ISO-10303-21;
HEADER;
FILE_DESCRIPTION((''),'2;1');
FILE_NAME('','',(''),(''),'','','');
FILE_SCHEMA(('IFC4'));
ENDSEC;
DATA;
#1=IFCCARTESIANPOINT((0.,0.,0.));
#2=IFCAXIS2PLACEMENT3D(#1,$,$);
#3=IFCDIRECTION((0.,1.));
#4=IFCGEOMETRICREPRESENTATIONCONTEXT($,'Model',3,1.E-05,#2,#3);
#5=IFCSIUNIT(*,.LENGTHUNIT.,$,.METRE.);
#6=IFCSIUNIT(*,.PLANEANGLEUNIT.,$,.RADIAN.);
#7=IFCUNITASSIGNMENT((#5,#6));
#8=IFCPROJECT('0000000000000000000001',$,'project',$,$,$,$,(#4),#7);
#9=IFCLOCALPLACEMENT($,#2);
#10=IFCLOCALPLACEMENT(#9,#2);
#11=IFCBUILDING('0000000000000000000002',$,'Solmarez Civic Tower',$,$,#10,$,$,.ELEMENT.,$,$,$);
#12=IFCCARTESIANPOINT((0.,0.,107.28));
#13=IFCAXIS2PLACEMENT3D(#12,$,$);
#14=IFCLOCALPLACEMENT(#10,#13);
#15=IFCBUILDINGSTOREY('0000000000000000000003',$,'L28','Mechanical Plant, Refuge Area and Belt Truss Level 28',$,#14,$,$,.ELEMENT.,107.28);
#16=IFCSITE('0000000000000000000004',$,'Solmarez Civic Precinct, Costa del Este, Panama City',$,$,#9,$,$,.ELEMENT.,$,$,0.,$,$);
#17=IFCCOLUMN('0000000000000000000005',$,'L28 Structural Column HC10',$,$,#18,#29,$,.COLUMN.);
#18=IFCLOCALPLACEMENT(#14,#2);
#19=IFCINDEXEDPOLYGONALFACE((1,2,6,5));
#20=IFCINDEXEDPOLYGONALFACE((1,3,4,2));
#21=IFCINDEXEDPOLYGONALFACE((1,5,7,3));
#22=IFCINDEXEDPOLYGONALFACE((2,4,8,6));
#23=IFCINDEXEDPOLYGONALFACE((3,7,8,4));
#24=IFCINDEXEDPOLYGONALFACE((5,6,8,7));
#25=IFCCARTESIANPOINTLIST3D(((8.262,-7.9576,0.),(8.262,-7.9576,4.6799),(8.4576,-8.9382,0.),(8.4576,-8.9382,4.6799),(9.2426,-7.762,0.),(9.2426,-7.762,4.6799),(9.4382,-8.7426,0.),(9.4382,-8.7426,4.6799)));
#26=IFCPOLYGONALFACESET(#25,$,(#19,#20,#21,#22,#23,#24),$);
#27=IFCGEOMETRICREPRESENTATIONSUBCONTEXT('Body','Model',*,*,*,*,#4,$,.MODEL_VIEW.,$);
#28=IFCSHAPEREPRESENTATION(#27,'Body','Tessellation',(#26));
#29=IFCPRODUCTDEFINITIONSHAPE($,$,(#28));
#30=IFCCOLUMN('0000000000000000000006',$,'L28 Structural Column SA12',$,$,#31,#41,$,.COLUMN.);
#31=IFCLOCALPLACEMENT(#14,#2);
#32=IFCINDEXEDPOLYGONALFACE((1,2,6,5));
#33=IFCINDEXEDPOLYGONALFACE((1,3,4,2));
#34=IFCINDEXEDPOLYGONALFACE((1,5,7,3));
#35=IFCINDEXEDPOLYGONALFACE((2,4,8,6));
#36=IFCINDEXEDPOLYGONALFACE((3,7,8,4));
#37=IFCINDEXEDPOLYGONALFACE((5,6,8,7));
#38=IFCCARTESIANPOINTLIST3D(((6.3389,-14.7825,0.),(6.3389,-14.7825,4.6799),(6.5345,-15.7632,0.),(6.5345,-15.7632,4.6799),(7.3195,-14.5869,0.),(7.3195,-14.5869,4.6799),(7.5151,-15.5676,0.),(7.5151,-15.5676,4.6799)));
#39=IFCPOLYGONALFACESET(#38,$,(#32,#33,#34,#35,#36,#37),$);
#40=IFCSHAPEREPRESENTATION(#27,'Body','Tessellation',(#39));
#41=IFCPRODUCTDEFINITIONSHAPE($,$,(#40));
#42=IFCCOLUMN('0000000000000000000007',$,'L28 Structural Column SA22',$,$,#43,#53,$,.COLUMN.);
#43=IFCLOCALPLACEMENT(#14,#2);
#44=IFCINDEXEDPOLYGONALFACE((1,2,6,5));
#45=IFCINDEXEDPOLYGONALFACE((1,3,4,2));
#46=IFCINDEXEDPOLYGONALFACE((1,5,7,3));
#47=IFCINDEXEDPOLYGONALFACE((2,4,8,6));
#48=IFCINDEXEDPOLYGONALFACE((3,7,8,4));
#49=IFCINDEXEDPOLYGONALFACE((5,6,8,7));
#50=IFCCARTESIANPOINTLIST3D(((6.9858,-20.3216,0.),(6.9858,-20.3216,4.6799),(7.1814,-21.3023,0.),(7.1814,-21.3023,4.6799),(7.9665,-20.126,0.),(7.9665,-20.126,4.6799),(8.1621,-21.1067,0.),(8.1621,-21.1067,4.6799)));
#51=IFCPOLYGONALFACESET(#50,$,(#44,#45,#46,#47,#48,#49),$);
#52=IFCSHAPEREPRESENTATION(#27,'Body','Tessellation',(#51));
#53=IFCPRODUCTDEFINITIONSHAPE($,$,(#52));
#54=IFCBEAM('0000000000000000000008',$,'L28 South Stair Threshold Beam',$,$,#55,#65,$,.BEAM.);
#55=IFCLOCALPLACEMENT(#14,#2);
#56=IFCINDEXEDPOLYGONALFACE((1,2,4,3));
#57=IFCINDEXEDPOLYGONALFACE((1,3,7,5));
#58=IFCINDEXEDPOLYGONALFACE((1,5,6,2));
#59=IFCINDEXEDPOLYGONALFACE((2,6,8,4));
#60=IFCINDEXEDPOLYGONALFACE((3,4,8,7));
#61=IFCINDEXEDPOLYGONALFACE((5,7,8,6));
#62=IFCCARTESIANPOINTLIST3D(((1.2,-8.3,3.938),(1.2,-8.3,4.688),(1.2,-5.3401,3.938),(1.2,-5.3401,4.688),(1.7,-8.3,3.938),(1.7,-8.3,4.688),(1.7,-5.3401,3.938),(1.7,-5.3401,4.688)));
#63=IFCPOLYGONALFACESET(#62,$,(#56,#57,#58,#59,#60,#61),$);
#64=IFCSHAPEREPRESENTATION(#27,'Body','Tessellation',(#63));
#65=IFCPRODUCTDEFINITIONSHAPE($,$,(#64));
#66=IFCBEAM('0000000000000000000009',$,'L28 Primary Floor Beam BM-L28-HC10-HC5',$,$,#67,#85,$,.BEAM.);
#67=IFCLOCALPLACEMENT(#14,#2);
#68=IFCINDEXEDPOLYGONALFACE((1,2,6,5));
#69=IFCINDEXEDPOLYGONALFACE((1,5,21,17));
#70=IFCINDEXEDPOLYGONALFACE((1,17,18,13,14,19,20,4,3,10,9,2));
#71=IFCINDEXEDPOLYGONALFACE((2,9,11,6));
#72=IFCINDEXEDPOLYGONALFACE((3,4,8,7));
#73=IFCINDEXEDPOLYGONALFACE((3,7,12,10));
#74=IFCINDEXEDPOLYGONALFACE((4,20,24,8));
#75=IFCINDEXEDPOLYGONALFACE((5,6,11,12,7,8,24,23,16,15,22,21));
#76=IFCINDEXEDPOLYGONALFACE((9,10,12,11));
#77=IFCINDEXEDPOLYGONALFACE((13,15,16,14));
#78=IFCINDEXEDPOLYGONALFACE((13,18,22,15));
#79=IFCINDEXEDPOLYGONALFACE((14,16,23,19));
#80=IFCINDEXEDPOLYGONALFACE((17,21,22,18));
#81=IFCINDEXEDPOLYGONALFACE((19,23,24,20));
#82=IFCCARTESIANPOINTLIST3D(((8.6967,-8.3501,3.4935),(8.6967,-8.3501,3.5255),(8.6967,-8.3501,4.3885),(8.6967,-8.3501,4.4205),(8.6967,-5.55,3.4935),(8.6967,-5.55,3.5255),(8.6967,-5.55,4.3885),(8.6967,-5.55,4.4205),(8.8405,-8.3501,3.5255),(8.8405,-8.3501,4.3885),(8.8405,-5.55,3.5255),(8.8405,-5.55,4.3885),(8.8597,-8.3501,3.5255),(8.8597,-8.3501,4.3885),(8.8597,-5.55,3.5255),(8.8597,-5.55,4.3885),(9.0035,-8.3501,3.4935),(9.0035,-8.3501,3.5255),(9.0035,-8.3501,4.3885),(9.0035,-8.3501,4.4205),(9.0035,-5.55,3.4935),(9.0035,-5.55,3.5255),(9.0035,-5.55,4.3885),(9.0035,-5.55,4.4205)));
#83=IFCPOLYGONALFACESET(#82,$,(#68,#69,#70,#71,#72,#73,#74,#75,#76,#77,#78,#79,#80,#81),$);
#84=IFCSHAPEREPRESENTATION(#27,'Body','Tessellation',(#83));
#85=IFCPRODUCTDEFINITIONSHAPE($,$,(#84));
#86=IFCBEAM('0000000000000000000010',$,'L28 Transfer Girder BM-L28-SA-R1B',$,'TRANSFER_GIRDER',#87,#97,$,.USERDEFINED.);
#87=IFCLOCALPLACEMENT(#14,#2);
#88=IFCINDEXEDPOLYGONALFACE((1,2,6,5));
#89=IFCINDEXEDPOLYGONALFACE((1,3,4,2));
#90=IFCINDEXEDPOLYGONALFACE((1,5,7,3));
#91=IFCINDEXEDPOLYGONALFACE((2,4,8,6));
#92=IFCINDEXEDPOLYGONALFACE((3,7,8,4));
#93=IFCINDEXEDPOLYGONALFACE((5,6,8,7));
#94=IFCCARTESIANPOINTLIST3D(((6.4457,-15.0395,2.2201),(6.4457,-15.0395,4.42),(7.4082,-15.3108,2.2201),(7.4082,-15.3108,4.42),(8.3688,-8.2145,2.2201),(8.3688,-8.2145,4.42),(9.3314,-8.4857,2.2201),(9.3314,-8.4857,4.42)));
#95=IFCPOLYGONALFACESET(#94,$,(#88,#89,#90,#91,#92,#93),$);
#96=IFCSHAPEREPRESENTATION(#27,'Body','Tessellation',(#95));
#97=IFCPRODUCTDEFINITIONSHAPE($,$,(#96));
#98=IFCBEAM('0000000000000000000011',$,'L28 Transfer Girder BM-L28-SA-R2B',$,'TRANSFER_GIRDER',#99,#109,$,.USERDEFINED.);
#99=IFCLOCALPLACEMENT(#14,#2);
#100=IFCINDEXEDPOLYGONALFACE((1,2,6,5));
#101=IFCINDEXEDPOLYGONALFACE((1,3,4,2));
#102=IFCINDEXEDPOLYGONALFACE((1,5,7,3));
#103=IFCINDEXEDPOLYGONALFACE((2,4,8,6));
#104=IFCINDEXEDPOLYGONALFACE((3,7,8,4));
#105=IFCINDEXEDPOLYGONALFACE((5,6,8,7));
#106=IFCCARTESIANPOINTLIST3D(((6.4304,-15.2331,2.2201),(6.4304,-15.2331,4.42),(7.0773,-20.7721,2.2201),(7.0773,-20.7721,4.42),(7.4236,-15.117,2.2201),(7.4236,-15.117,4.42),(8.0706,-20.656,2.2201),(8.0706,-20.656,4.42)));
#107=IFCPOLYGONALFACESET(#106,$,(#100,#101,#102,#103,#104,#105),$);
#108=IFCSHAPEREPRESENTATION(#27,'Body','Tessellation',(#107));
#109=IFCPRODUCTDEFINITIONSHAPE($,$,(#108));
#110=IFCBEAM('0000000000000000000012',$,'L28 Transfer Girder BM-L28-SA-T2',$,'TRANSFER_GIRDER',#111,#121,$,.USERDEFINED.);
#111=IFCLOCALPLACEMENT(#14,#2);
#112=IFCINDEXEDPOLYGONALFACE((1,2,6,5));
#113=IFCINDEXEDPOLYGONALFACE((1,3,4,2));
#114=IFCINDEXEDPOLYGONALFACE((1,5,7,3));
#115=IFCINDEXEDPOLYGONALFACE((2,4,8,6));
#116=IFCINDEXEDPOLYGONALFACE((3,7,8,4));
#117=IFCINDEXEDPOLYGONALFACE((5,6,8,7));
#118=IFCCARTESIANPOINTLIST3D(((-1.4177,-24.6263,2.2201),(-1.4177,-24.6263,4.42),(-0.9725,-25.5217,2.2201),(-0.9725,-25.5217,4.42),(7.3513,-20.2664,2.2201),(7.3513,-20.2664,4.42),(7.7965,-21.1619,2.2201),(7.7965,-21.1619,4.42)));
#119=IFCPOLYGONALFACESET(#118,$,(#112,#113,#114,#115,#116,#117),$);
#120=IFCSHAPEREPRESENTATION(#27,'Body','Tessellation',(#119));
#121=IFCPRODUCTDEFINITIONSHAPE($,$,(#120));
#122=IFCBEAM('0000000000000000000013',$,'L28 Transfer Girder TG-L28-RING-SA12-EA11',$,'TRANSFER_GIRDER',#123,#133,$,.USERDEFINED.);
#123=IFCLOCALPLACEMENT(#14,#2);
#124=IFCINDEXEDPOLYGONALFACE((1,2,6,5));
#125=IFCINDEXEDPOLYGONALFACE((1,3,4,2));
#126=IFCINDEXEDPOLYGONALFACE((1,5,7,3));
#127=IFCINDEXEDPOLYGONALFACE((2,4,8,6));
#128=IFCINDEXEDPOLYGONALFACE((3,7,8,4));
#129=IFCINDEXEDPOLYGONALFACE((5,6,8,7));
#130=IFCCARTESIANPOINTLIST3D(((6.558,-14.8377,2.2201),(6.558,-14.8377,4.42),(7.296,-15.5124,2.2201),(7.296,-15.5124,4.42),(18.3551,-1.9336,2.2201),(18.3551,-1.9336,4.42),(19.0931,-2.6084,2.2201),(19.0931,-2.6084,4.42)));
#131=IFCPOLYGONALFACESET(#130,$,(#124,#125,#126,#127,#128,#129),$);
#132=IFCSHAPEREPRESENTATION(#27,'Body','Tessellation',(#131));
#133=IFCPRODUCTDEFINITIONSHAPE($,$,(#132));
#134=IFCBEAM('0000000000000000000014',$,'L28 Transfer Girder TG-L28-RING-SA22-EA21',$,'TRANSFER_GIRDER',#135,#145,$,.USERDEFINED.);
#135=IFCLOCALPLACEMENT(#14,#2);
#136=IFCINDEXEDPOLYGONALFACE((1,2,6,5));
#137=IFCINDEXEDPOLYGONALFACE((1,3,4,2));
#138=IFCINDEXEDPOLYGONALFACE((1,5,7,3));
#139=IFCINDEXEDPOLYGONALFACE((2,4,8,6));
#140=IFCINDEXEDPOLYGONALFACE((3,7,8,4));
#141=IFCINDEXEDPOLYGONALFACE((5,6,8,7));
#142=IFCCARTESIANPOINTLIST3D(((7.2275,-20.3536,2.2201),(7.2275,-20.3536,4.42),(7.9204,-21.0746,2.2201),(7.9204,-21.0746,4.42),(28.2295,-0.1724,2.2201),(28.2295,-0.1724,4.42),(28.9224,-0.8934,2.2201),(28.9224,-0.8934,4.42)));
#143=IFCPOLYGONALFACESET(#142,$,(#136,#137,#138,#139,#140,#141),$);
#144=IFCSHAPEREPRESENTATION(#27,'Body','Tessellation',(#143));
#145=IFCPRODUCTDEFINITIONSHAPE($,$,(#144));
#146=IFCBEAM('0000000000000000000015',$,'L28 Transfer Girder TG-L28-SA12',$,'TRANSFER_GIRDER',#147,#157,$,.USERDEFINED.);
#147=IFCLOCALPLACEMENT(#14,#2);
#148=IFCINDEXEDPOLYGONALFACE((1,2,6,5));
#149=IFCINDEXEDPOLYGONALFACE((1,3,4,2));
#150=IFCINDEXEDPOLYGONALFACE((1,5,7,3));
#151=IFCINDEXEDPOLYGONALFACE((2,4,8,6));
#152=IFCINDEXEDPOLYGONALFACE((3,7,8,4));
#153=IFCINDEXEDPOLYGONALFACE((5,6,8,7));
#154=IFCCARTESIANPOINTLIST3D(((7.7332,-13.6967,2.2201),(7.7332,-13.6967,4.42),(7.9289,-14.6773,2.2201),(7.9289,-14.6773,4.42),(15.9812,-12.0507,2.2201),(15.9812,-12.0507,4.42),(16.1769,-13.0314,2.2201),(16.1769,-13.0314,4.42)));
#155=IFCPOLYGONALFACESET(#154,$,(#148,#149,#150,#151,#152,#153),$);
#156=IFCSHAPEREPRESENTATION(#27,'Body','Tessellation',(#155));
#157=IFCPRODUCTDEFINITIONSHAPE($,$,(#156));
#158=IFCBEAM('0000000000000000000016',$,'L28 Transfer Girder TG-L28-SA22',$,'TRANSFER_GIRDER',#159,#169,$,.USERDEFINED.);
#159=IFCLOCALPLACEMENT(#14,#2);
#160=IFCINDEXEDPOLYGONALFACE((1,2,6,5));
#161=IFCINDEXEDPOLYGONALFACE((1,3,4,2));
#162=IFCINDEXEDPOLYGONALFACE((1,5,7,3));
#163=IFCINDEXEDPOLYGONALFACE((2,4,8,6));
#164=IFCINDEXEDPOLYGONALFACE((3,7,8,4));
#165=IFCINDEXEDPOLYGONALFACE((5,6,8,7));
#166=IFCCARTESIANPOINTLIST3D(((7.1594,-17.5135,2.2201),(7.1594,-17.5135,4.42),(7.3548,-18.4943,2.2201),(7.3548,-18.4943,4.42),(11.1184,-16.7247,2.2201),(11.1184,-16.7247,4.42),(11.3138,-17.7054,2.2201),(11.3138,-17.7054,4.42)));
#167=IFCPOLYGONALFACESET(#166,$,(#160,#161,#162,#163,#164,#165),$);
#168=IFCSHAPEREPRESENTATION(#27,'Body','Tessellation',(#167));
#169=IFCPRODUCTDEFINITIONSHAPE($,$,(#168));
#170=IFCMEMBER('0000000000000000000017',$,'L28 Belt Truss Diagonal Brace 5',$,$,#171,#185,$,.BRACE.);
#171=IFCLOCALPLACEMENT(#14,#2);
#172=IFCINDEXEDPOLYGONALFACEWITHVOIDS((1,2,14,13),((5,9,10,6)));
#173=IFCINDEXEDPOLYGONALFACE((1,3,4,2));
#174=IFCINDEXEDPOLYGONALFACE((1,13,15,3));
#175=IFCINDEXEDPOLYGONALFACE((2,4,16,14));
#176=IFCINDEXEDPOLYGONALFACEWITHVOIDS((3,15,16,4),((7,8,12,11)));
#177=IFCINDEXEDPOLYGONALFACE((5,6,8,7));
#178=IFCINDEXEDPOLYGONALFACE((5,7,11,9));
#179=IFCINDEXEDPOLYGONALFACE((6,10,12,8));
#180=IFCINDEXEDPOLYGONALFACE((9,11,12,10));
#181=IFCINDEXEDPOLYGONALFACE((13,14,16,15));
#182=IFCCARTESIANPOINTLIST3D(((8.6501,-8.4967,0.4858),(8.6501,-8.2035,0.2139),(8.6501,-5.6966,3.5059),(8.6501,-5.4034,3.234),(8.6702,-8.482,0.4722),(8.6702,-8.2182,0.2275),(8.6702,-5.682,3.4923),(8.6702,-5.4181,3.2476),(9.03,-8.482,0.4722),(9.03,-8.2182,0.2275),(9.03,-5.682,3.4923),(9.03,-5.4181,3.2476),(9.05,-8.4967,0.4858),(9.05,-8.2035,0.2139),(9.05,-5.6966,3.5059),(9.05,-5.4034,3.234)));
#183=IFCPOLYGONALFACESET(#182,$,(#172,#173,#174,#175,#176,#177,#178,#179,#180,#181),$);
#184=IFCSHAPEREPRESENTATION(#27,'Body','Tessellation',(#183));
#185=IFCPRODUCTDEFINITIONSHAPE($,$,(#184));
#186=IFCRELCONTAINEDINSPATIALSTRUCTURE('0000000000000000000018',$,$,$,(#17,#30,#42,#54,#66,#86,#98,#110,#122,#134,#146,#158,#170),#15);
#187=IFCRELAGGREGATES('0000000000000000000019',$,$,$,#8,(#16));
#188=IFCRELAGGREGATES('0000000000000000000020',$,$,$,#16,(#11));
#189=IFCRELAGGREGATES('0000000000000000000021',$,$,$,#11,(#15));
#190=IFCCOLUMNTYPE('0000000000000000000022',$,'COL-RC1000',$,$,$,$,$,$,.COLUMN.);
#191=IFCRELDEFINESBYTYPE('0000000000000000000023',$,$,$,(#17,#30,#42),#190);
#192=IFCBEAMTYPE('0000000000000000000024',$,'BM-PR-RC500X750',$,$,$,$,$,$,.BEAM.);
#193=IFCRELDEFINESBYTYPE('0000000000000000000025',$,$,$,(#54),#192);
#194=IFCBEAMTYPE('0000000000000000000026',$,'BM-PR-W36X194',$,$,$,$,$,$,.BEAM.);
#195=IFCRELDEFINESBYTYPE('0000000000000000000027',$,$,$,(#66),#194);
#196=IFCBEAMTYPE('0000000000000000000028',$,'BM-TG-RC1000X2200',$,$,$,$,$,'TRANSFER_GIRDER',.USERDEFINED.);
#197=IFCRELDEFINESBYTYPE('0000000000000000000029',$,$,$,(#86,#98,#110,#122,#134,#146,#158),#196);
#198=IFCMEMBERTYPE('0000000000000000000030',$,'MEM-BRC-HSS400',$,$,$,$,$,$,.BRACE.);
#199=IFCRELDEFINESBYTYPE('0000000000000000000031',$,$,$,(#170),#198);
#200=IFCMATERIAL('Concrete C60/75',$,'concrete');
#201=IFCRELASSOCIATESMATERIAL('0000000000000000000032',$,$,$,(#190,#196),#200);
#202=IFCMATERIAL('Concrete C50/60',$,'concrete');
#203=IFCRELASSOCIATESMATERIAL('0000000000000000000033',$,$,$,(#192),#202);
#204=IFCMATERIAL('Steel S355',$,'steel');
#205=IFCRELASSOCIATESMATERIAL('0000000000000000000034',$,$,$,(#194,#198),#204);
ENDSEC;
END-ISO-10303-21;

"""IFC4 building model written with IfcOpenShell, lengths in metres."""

from ifc_helpers import new_model, si_unit, direction, frame, origin, origin_2d, place, context, subcontext, project, spatial, rectangle, hollow_rectangle, i_section, extrude, material, material_profile, profile_set, type_object, element, save


model = new_model("IFC4")

# Units and contexts
model_context = context("Model", 3, precision=1e-05, world=origin(), true_north=direction((0.0, 1.0)))
body_context = subcontext(model_context, "Body", "Model", "MODEL_VIEW")
ifc_project = project(units=[si_unit("LENGTHUNIT", "METRE"), si_unit("PLANEANGLEUNIT", "RADIAN")], contexts=[model_context])

# Site, building, storey
site_placement = place(None, origin())
site = spatial("IfcSite", under=ifc_project, at=site_placement, Name="Solmarez Civic Precinct, Costa del Este, Panama City", CompositionType="ELEMENT", RefElevation=0.0)
building_placement = place(site_placement, origin())
building = spatial("IfcBuilding", under=site, at=building_placement, Name="Solmarez Civic Tower", CompositionType="ELEMENT")
storey_placement = place(building_placement, frame((0.0, 0.0, 107.28)))
storey = spatial("IfcBuildingStorey", under=building, at=storey_placement, Name="L28", Description="Mechanical Plant, Refuge Area and Belt Truss Level 28", CompositionType="ELEMENT", Elevation=107.28)

# Columns
ifc_material_1 = material(Name="Concrete C60/75", Category="concrete")
ifc_material_profile_1 = material_profile(ifc_material_1, rectangle(XDim=1.0, YDim=1.0, at=origin_2d()), Name="RC1000X1000")
ifc_profile_set_1 = profile_set([ifc_material_profile_1], Name="Concrete C60/75")
column_type = type_object("IfcColumnType", Name="COL-RC1000", PredefinedType="COLUMN", material=ifc_profile_set_1)
for number, where, z_axis, x_axis, name in (
    (1, (8.8501, -8.3501, 0.0), (0.0, 0.0, 1.0), (0.980683, 0.195604, 0.0), "L28 Structural Column HC10"),
    (2, (6.927, -15.175, 0.0), (0.0, 0.0, 1.0), (0.980683, 0.195604, 0.0), "L28 Structural Column SA12"),
    (3, (7.574, -20.7141, 0.0), (0.0, 0.0, 1.0), (0.980683, 0.195604, 0.0), "L28 Structural Column SA22"),
):
    element("IfcColumn", number, at=place(storey_placement, frame(where, z_axis=z_axis, x_axis=x_axis)), inside=storey, type_object=column_type, Name=name, PredefinedType="COLUMN", context=body_context, shape_type="SweptSolid", body=[
        extrude(rectangle(XDim=1.0, YDim=1.0, at=origin_2d()), origin(), (0.0, 0.0, 1.0), 4.6799),
    ])

# Beams
ifc_material_2 = material(Name="Concrete C50/60", Category="concrete")
ifc_material_profile_2 = material_profile(ifc_material_2, rectangle(XDim=0.5, YDim=0.75, at=origin_2d()), Name="RC500X750")
ifc_profile_set_2 = profile_set([ifc_material_profile_2], Name="Concrete C50/60")
beam_type_1 = type_object("IfcBeamType", Name="BM-PR-RC500X750", PredefinedType="BEAM", material=ifc_profile_set_2)
beam_1_placement = place(storey_placement, frame((1.45, -8.3, 4.313), z_axis=(0.0, 1.0, 0.0), x_axis=(-1.0, 0.0, 0.0)))
element("IfcBeam", 4, at=beam_1_placement, inside=storey, type_object=beam_type_1, Name="L28 South Stair Threshold Beam", PredefinedType="BEAM", context=body_context, shape_type="SweptSolid", body=[
    extrude(rectangle(XDim=0.5, YDim=0.75, at=origin_2d()), origin(), (0.0, 0.0, 1.0), 2.96),
])
ifc_material_3 = material(Name="Steel S355", Category="steel")
ifc_material_profile_3 = material_profile(ifc_material_3, i_section(OverallWidth=0.3069, OverallDepth=0.927, WebThickness=0.0193, FlangeThickness=0.032, at=origin_2d()), Name="W36X194")
ifc_profile_set_3 = profile_set([ifc_material_profile_3], Name="Steel S355")
beam_type_2 = type_object("IfcBeamType", Name="BM-PR-W36X194", PredefinedType="BEAM", material=ifc_profile_set_3)
beam_2_placement = place(storey_placement, frame((8.8501, -8.3501, 3.957), z_axis=(0.0, 1.0, 0.0), x_axis=(-1.0, 0.0, 0.0)))
element("IfcBeam", 5, at=beam_2_placement, inside=storey, type_object=beam_type_2, Name="L28 Primary Floor Beam BM-L28-HC10-HC5", PredefinedType="BEAM", context=body_context, shape_type="SweptSolid", body=[
    extrude(i_section(OverallWidth=0.3069, OverallDepth=0.927, WebThickness=0.0193, FlangeThickness=0.032, at=origin_2d()), origin(), (0.0, 0.0, 1.0), 2.8),
])
ifc_material_profile_4 = material_profile(ifc_material_1, rectangle(XDim=1.0, YDim=2.2, at=origin_2d()), Name="RC1000X2200")
ifc_profile_set_4 = profile_set([ifc_material_profile_4], Name="Concrete C60/75")
beam_type_3 = type_object("IfcBeamType", Name="BM-TG-RC1000X2200", ElementType="TRANSFER_GIRDER", PredefinedType="USERDEFINED", material=ifc_profile_set_4)
beam_3_placement = place(storey_placement, frame((8.8501, -8.3501, 3.3201), z_axis=(-0.271213, -0.962519, 0.0), x_axis=(0.962519, -0.271213, 0.0)))
element("IfcBeam", 6, at=beam_3_placement, inside=storey, type_object=beam_type_3, Name="L28 Transfer Girder BM-L28-SA-R1B", ObjectType="TRANSFER_GIRDER", PredefinedType="USERDEFINED", context=body_context, shape_type="SweptSolid", body=[
    extrude(rectangle(XDim=1.0, YDim=2.2, at=origin_2d()), origin(), (0.0, 0.0, 1.0), 7.0908),
])
beam_4_placement = place(storey_placement, frame((6.927, -15.175, 3.3201), z_axis=(0.116013, -0.993248, 0.0), x_axis=(0.993248, 0.116013, 0.0)))
element("IfcBeam", 7, at=beam_4_placement, inside=storey, type_object=beam_type_3, Name="L28 Transfer Girder BM-L28-SA-R2B", ObjectType="TRANSFER_GIRDER", PredefinedType="USERDEFINED", context=body_context, shape_type="SweptSolid", body=[
    extrude(rectangle(XDim=1.0, YDim=2.2, at=origin_2d()), origin(), (0.0, 0.0, 1.0), 5.5767),
])
beam_5_placement = place(storey_placement, frame((-1.1951, -25.074, 3.3201), z_axis=(0.895432, 0.445198, 0.0), x_axis=(-0.445198, 0.895432, 0.0)))
element("IfcBeam", 8, at=beam_5_placement, inside=storey, type_object=beam_type_3, Name="L28 Transfer Girder BM-L28-SA-T2", ObjectType="TRANSFER_GIRDER", PredefinedType="USERDEFINED", context=body_context, shape_type="SweptSolid", body=[
    extrude(rectangle(XDim=1.0, YDim=2.2, at=origin_2d()), origin(), (0.0, 0.0, 1.0), 9.793),
])
beam_6_placement = place(storey_placement, frame((6.927, -15.175, 3.3201), z_axis=(0.674742, 0.738054, 0.0), x_axis=(-0.738054, 0.674742, 0.0)))
element("IfcBeam", 9, at=beam_6_placement, inside=storey, type_object=beam_type_3, Name="L28 Transfer Girder TG-L28-RING-SA12-EA11", ObjectType="TRANSFER_GIRDER", PredefinedType="USERDEFINED", context=body_context, shape_type="SweptSolid", body=[
    extrude(rectangle(XDim=1.0, YDim=2.2, at=origin_2d()), origin(), (0.0, 0.0, 1.0), 17.4839),
])
beam_7_placement = place(storey_placement, frame((7.574, -20.7141, 3.3201), z_axis=(0.721057, 0.692876, 0.0), x_axis=(-0.692876, 0.721057, 0.0)))
element("IfcBeam", 10, at=beam_7_placement, inside=storey, type_object=beam_type_3, Name="L28 Transfer Girder TG-L28-RING-SA22-EA21", ObjectType="TRANSFER_GIRDER", PredefinedType="USERDEFINED", context=body_context, shape_type="SweptSolid", body=[
    extrude(rectangle(XDim=1.0, YDim=2.2, at=origin_2d()), origin(), (0.0, 0.0, 1.0), 29.1267),
])
beam_8_placement = place(storey_placement, frame((7.8311, -14.187, 3.3201), z_axis=(0.980663, 0.195703, 0.0), x_axis=(-0.195703, 0.980663, 0.0)))
element("IfcBeam", 11, at=beam_8_placement, inside=storey, type_object=beam_type_3, Name="L28 Transfer Girder TG-L28-SA12", ObjectType="TRANSFER_GIRDER", PredefinedType="USERDEFINED", context=body_context, shape_type="SweptSolid", body=[
    extrude(rectangle(XDim=1.0, YDim=2.2, at=origin_2d()), origin(), (0.0, 0.0, 1.0), 8.4106),
])
beam_9_placement = place(storey_placement, frame((7.2571, -18.0039, 3.3201), z_axis=(0.980722, 0.195407, 0.0), x_axis=(-0.195407, 0.980722, 0.0)))
element("IfcBeam", 12, at=beam_9_placement, inside=storey, type_object=beam_type_3, Name="L28 Transfer Girder TG-L28-SA22", ObjectType="TRANSFER_GIRDER", PredefinedType="USERDEFINED", context=body_context, shape_type="SweptSolid", body=[
    extrude(rectangle(XDim=1.0, YDim=2.2, at=origin_2d()), origin(), (0.0, 0.0, 1.0), 4.0369),
])

# Member
ifc_material_profile_5 = material_profile(ifc_material_3, hollow_rectangle(XDim=0.3999, YDim=0.3999, WallThickness=0.02, at=origin_2d()), Name="HSS400X400X20")
ifc_profile_set_5 = profile_set([ifc_material_profile_5], Name="Steel S355")
member_type_1 = type_object("IfcMemberType", Name="MEM-BRC-HSS400", PredefinedType="BRACE", material=ifc_profile_set_5)
member_1_placement = place(storey_placement, frame((8.8501, -8.3501, 0.3499), z_axis=(0.0, 0.679896, 0.733308), x_axis=(-1.0, 0.0, 0.0)))
element("IfcMember", 13, at=member_1_placement, inside=storey, type_object=member_type_1, Name="L28 Belt Truss Diagonal Brace 5", PredefinedType="BRACE", context=body_context, shape_type="SweptSolid", body=[
    extrude(hollow_rectangle(XDim=0.3999, YDim=0.3999, WallThickness=0.02, at=origin_2d()), origin(), (0.0, 0.0, 1.0), 4.1184),
])

save(model, "model.ifc")
